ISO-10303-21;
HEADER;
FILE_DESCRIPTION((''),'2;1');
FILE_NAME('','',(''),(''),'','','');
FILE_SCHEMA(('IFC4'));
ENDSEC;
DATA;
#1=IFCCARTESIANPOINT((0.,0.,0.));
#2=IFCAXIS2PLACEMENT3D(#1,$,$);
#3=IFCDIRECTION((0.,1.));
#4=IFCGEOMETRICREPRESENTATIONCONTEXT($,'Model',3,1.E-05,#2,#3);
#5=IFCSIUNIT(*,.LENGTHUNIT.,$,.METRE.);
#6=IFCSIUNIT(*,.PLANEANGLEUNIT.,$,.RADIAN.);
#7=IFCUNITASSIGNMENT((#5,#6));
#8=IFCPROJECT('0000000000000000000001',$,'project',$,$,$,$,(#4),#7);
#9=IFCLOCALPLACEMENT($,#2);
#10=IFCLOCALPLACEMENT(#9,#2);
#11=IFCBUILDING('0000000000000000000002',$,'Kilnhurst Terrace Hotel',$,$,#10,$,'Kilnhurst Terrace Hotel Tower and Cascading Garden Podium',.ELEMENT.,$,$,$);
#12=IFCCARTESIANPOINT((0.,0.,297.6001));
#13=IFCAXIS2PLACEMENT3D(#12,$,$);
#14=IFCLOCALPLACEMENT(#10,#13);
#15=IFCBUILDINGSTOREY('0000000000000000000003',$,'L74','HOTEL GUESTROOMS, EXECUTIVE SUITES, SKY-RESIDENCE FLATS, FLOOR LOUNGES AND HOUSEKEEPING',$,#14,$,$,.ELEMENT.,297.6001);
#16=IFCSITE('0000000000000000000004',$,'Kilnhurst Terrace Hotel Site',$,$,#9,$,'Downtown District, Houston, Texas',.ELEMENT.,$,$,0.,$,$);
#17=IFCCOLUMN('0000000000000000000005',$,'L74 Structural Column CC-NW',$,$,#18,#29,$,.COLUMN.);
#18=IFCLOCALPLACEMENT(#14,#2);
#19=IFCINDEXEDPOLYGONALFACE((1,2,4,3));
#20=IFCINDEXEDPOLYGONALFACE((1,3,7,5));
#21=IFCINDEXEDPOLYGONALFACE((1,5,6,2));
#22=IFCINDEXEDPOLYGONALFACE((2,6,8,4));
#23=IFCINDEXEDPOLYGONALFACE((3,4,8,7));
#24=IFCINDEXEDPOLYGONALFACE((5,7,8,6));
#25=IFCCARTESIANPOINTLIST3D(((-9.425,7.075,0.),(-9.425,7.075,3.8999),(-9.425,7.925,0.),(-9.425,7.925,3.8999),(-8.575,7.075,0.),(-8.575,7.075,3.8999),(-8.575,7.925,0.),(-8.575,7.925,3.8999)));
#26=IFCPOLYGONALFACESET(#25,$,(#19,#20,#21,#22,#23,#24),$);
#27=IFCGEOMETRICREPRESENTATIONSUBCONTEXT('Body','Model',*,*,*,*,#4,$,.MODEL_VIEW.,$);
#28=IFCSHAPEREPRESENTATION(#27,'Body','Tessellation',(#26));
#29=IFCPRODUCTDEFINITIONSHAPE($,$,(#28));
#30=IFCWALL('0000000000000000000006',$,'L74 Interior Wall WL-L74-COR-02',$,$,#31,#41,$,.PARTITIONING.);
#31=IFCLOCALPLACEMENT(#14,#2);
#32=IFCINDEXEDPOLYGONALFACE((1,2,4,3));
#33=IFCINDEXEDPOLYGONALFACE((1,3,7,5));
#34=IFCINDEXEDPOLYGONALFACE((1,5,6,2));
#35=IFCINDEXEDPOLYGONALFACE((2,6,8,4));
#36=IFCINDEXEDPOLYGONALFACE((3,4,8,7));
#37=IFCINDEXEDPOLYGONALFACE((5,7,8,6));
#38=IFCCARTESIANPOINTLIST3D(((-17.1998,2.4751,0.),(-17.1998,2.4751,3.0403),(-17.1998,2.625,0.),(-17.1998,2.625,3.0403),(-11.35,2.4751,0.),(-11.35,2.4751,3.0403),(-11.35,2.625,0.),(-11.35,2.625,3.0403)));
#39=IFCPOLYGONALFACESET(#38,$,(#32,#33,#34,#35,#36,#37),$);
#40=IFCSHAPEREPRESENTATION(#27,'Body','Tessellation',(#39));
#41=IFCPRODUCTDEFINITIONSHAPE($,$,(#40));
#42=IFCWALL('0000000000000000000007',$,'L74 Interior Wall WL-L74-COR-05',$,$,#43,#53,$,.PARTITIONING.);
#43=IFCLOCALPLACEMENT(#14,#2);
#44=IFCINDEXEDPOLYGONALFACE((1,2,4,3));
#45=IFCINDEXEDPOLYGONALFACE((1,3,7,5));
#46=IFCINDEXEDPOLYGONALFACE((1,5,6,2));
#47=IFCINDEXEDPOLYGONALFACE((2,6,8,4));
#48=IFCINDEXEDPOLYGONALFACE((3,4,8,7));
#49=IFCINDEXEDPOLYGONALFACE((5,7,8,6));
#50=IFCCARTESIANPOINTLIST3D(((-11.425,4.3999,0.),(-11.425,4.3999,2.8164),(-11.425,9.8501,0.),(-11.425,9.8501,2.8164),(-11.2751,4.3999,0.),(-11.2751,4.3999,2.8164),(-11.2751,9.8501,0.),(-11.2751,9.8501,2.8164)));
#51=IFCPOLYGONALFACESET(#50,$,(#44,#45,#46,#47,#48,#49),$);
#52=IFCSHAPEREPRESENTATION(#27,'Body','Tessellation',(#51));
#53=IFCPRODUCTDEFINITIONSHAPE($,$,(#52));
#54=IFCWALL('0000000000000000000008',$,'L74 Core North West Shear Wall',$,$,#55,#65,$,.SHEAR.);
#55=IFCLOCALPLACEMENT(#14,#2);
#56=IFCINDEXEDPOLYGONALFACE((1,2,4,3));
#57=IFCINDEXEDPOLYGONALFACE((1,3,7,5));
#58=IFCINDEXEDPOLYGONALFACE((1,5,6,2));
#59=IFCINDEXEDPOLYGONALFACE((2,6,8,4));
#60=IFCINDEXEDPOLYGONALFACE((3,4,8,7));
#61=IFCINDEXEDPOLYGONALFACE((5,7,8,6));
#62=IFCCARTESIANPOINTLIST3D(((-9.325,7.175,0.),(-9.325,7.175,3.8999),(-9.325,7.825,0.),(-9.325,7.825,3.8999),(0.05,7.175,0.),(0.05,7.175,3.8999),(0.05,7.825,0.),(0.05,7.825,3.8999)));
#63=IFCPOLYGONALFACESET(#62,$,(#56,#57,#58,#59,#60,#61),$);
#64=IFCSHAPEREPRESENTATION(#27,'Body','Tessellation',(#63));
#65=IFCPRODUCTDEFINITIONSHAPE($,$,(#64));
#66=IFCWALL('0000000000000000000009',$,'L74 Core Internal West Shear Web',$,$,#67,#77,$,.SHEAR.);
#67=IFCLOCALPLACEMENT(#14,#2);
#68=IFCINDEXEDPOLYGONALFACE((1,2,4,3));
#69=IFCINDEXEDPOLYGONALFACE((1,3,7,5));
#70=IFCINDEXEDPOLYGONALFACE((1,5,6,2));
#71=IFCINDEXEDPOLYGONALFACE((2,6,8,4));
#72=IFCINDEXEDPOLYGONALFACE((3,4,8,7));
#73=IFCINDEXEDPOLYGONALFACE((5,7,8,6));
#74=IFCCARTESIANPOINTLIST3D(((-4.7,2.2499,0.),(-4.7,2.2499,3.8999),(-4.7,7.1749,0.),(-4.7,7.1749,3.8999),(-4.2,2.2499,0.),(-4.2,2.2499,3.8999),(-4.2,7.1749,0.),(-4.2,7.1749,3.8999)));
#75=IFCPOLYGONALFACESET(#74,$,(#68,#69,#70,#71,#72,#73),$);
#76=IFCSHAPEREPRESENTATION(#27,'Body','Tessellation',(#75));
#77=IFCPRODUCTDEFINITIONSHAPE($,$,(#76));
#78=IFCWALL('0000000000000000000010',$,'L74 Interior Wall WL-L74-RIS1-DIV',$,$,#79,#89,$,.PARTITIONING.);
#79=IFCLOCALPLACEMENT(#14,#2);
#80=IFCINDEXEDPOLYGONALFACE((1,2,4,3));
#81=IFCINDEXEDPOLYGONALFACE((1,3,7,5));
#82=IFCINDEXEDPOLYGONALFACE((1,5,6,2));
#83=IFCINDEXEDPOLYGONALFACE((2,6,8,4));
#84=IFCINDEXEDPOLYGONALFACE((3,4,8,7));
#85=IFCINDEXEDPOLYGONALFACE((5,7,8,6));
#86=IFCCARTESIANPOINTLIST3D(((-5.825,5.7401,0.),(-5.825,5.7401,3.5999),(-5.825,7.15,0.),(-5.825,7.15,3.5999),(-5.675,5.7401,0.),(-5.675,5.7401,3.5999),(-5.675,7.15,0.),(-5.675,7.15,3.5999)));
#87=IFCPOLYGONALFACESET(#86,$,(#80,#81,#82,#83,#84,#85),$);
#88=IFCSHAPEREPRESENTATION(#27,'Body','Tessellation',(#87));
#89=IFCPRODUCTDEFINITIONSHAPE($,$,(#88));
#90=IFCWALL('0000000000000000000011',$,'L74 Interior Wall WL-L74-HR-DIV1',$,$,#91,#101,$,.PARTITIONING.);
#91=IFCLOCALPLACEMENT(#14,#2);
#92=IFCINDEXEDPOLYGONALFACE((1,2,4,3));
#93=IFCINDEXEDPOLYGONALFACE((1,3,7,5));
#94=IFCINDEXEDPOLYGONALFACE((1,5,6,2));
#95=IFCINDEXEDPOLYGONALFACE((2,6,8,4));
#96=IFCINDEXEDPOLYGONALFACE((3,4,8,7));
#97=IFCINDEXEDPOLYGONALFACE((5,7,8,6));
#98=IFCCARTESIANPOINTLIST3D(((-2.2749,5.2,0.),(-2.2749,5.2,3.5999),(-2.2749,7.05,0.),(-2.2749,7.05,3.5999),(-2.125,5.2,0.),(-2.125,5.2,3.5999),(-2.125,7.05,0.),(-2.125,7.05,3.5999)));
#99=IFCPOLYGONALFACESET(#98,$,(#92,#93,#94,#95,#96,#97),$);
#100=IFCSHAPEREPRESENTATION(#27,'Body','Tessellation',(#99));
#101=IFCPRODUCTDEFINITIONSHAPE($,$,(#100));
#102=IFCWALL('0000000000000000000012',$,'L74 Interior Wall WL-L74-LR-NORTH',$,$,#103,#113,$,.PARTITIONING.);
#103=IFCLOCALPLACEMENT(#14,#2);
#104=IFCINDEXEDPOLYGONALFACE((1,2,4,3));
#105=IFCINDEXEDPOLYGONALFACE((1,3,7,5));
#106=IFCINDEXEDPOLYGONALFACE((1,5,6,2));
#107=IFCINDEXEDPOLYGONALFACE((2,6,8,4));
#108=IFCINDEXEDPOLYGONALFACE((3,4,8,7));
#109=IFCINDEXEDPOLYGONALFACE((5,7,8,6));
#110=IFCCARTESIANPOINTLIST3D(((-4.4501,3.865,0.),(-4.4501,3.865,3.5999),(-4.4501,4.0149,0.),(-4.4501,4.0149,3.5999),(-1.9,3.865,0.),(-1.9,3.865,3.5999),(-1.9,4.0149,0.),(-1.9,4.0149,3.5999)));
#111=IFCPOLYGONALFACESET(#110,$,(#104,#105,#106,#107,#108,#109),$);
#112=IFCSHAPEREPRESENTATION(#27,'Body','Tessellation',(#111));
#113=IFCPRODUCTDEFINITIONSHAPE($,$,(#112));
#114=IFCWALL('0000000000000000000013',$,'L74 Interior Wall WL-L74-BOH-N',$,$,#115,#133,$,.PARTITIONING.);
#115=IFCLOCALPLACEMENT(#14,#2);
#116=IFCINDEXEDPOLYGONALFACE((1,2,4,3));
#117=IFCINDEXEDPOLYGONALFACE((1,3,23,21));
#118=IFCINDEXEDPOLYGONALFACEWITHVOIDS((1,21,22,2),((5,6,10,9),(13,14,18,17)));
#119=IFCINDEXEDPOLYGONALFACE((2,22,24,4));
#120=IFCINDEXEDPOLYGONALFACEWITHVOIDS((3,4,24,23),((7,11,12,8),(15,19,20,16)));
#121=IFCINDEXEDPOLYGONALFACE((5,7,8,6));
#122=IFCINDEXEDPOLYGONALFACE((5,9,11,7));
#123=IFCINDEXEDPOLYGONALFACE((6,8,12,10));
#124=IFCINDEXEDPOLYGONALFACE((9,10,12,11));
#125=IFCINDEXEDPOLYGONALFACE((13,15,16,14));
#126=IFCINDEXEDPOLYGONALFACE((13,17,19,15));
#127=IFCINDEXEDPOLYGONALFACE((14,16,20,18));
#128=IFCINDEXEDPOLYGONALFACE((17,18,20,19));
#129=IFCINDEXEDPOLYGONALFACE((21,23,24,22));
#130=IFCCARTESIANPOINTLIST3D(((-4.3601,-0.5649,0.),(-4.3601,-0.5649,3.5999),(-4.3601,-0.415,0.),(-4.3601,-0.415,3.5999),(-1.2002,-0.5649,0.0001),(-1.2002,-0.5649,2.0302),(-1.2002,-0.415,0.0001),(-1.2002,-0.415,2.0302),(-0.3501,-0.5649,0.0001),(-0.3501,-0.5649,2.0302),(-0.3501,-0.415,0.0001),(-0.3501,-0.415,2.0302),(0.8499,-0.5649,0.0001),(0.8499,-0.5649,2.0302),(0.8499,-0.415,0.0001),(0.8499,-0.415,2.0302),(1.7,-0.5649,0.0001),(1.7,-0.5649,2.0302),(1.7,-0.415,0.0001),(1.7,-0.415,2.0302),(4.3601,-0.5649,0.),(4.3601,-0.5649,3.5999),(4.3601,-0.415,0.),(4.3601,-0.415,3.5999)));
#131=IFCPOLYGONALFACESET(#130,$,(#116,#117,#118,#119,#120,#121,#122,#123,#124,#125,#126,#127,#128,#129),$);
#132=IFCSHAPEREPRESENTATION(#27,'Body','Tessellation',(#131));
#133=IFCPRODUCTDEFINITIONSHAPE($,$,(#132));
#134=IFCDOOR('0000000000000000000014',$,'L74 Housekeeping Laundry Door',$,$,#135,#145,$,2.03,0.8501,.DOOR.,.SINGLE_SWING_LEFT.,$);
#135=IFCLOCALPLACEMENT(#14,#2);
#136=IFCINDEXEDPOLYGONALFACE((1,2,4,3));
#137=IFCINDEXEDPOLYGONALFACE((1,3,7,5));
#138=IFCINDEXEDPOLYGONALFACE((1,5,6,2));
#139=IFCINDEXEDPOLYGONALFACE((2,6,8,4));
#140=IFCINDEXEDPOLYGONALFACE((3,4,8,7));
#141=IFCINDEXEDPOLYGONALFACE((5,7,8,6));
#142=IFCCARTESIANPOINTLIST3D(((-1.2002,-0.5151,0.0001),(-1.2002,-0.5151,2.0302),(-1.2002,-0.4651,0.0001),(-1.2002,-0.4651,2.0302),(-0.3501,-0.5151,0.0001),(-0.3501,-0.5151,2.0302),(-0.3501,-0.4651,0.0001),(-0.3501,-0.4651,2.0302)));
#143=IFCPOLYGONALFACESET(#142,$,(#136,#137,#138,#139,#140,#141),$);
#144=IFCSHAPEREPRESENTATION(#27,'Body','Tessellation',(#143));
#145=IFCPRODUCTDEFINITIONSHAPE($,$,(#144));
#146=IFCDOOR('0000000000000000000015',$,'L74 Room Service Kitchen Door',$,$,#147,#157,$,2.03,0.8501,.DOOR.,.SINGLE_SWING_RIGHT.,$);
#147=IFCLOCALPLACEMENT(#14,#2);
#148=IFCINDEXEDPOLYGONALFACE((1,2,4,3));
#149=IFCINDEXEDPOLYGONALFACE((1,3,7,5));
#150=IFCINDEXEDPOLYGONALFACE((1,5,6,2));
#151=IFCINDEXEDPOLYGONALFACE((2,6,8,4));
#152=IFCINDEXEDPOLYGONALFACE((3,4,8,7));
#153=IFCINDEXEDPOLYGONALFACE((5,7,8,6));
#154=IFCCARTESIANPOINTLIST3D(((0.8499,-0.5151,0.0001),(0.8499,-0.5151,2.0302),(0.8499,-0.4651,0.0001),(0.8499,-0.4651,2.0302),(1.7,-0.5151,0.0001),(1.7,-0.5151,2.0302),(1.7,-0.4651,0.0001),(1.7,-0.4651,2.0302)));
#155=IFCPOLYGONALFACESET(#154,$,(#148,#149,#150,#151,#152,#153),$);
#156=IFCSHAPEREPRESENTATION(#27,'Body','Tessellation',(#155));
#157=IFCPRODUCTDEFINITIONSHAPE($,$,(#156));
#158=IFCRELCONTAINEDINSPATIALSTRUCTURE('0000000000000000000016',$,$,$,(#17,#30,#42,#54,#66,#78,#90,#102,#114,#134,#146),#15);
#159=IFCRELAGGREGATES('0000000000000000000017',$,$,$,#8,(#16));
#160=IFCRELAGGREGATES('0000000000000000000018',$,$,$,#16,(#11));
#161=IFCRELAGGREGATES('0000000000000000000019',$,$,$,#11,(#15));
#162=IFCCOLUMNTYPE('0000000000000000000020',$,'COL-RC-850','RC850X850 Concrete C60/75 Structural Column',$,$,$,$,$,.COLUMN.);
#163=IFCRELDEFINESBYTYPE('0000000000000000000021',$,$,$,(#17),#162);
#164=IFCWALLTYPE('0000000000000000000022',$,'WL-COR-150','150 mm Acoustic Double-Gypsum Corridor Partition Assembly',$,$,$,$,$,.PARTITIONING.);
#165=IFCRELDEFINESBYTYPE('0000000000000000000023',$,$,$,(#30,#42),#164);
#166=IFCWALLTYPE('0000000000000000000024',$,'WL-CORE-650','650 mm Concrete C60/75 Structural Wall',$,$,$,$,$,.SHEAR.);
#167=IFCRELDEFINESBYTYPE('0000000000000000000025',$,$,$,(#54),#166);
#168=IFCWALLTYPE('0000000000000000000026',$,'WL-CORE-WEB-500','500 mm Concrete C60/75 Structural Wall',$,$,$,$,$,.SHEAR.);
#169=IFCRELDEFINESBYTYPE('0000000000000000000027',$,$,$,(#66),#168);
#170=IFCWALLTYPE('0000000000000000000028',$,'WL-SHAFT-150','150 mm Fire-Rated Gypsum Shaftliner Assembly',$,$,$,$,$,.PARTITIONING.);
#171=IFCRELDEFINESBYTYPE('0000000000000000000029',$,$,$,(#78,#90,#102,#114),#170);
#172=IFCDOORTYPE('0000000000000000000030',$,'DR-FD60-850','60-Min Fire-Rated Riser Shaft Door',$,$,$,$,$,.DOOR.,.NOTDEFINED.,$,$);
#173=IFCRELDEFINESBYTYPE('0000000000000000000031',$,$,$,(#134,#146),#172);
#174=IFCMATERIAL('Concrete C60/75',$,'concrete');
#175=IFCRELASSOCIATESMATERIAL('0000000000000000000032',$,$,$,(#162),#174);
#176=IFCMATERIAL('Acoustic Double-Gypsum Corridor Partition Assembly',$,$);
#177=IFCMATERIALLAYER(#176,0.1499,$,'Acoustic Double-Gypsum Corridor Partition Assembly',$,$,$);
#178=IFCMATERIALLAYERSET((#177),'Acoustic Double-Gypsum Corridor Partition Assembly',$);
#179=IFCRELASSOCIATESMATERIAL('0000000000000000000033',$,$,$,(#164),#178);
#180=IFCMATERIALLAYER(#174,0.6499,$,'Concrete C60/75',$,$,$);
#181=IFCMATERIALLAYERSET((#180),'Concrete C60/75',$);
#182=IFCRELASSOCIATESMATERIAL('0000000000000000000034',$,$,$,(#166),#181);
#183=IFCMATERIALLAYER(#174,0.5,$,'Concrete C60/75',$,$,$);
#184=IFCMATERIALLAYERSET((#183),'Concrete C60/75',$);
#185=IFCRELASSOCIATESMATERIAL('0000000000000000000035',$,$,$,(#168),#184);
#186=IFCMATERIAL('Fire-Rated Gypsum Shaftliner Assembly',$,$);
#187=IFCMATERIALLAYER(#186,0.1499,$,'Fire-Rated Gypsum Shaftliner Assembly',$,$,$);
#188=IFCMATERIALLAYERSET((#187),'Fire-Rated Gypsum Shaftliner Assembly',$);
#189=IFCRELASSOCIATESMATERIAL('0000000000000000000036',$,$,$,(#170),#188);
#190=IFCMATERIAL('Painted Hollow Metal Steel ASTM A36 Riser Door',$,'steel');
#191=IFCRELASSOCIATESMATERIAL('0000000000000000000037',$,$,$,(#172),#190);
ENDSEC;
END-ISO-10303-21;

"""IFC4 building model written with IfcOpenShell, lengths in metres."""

from ifc_helpers import new_model, si_unit, direction, frame, frame_2d, origin, origin_2d, place, context, subcontext, project, spatial, rectangle, extrude, material, layer, layer_set, material_profile, profile_set, type_object, element, fill, save


model = new_model("IFC4")

# Units and contexts
model_context = context("Model", 3, precision=1e-05, world=origin(), true_north=direction((0.0, 1.0)))
body_context = subcontext(model_context, "Body", "Model", "MODEL_VIEW")
ifc_project = project(units=[si_unit("LENGTHUNIT", "METRE"), si_unit("PLANEANGLEUNIT", "RADIAN")], contexts=[model_context])

# Site, building, storey
site_placement = place(None, origin())
site = spatial("IfcSite", under=ifc_project, at=site_placement, Name="Kilnhurst Terrace Hotel Site", LongName="Downtown District, Houston, Texas", CompositionType="ELEMENT", RefElevation=0.0)
building_placement = place(site_placement, origin())
building = spatial("IfcBuilding", under=site, at=building_placement, Name="Kilnhurst Terrace Hotel", LongName="Kilnhurst Terrace Hotel Tower and Cascading Garden Podium", CompositionType="ELEMENT")
storey_placement = place(building_placement, frame((0.0, 0.0, 297.6001)))
storey = spatial("IfcBuildingStorey", under=building, at=storey_placement, Name="L74", Description="HOTEL GUESTROOMS, EXECUTIVE SUITES, SKY-RESIDENCE FLATS, FLOOR LOUNGES AND HOUSEKEEPING", CompositionType="ELEMENT", Elevation=297.6001)

# Column
ifc_material_1 = material(Name="Concrete C60/75", Category="concrete")
ifc_material_profile = material_profile(ifc_material_1, rectangle(XDim=0.8501, YDim=0.8501, at=origin_2d()), Name="RC850X850")
ifc_profile_set = profile_set([ifc_material_profile], Name="Concrete C60/75")
column_type = type_object("IfcColumnType", Name="COL-RC-850", Description="RC850X850 Concrete C60/75 Structural Column", PredefinedType="COLUMN", material=ifc_profile_set)
column_placement = place(storey_placement, frame((-9.0, 7.5, 0.0), z_axis=(0.0, 0.0, 1.0), x_axis=(1.0, 0.0, 0.0)))
element("IfcColumn", 1, at=column_placement, inside=storey, type_object=column_type, Name="L74 Structural Column CC-NW", PredefinedType="COLUMN", context=body_context, shape_type="SweptSolid", body=[
    extrude(rectangle(XDim=0.8501, YDim=0.8501, at=origin_2d()), origin(), (0.0, 0.0, 1.0), 3.8999),
])

# Walls
ifc_material_2 = material(Name="Acoustic Double-Gypsum Corridor Partition Assembly")
ifc_layer_1 = layer(ifc_material_2, 0.1499, Name="Acoustic Double-Gypsum Corridor Partition Assembly")
ifc_layer_set_1 = layer_set([ifc_layer_1], Name="Acoustic Double-Gypsum Corridor Partition Assembly")
wall_type_1 = type_object("IfcWallType", Name="WL-COR-150", Description="150 mm Acoustic Double-Gypsum Corridor Partition Assembly", PredefinedType="PARTITIONING", material=ifc_layer_set_1)
wall_1_placement = place(storey_placement, frame((-11.3501, 2.55, 0.0), z_axis=(0.0, 0.0, 1.0), x_axis=(-1.0, 0.0, 0.0)))
element("IfcWall", 2, at=wall_1_placement, inside=storey, type_object=wall_type_1, Name="L74 Interior Wall WL-L74-COR-02", PredefinedType="PARTITIONING", context=body_context, shape_type="SweptSolid", body=[
    extrude(rectangle(XDim=5.8499, YDim=0.1499, at=frame_2d((2.9248, 0.0))), origin(), (0.0, 0.0, 1.0), 3.0403),
])
wall_2_placement = place(storey_placement, frame((-11.3501, 4.3999, 0.0), z_axis=(0.0, 0.0, 1.0), x_axis=(0.0, 1.0, 0.0)))
element("IfcWall", 3, at=wall_2_placement, inside=storey, type_object=wall_type_1, Name="L74 Interior Wall WL-L74-COR-05", PredefinedType="PARTITIONING", context=body_context, shape_type="SweptSolid", body=[
    extrude(rectangle(XDim=5.4502, YDim=0.1499, at=frame_2d((2.7251, 0.0))), origin(), (0.0, 0.0, 1.0), 2.8164),
])
ifc_layer_2 = layer(ifc_material_1, 0.6499, Name="Concrete C60/75")
ifc_layer_set_2 = layer_set([ifc_layer_2], Name="Concrete C60/75")
wall_type_2 = type_object("IfcWallType", Name="WL-CORE-650", Description="650 mm Concrete C60/75 Structural Wall", PredefinedType="SHEAR", material=ifc_layer_set_2)
wall_3_placement = place(storey_placement, frame((-9.325, 7.5, 0.0), z_axis=(0.0, 0.0, 1.0), x_axis=(1.0, 0.0, 0.0)))
element("IfcWall", 4, at=wall_3_placement, inside=storey, type_object=wall_type_2, Name="L74 Core North West Shear Wall", PredefinedType="SHEAR", context=body_context, shape_type="SweptSolid", body=[
    extrude(rectangle(XDim=9.375, YDim=0.6499, at=frame_2d((4.6875, 0.0))), origin(), (0.0, 0.0, 1.0), 3.8999),
])
ifc_layer_3 = layer(ifc_material_1, 0.5, Name="Concrete C60/75")
ifc_layer_set_3 = layer_set([ifc_layer_3], Name="Concrete C60/75")
wall_type_3 = type_object("IfcWallType", Name="WL-CORE-WEB-500", Description="500 mm Concrete C60/75 Structural Wall", PredefinedType="SHEAR", material=ifc_layer_set_3)
wall_4_placement = place(storey_placement, frame((-4.45, 2.25, 0.0), z_axis=(0.0, 0.0, 1.0), x_axis=(0.0, 1.0, 0.0)))
element("IfcWall", 5, at=wall_4_placement, inside=storey, type_object=wall_type_3, Name="L74 Core Internal West Shear Web", PredefinedType="SHEAR", context=body_context, shape_type="SweptSolid", body=[
    extrude(rectangle(XDim=4.925, YDim=0.5, at=frame_2d((2.4624, 0.0))), origin(), (0.0, 0.0, 1.0), 3.8999),
])
ifc_material_3 = material(Name="Fire-Rated Gypsum Shaftliner Assembly")
ifc_layer_4 = layer(ifc_material_3, 0.1499, Name="Fire-Rated Gypsum Shaftliner Assembly")
ifc_layer_set_4 = layer_set([ifc_layer_4], Name="Fire-Rated Gypsum Shaftliner Assembly")
wall_type_4 = type_object("IfcWallType", Name="WL-SHAFT-150", Description="150 mm Fire-Rated Gypsum Shaftliner Assembly", PredefinedType="PARTITIONING", material=ifc_layer_set_4)
wall_5_placement = place(storey_placement, frame((-5.75, 5.74, 0.0), z_axis=(0.0, 0.0, 1.0), x_axis=(0.0, 1.0, 0.0)))
element("IfcWall", 6, at=wall_5_placement, inside=storey, type_object=wall_type_4, Name="L74 Interior Wall WL-L74-RIS1-DIV", PredefinedType="PARTITIONING", context=body_context, shape_type="SweptSolid", body=[
    extrude(rectangle(XDim=1.4099, YDim=0.1499, at=frame_2d((0.7051, 0.0))), origin(), (0.0, 0.0, 1.0), 3.5999),
])
wall_6_placement = place(storey_placement, frame((-2.2, 5.2, 0.0), z_axis=(0.0, 0.0, 1.0), x_axis=(0.0, 1.0, 0.0)))
element("IfcWall", 7, at=wall_6_placement, inside=storey, type_object=wall_type_4, Name="L74 Interior Wall WL-L74-HR-DIV1", PredefinedType="PARTITIONING", context=body_context, shape_type="SweptSolid", body=[
    extrude(rectangle(XDim=1.8501, YDim=0.1499, at=frame_2d((0.925, 0.0))), origin(), (0.0, 0.0, 1.0), 3.5999),
])
wall_7_placement = place(storey_placement, frame((-4.45, 3.9399, 0.0), z_axis=(0.0, 0.0, 1.0), x_axis=(1.0, 0.0, 0.0)))
element("IfcWall", 8, at=wall_7_placement, inside=storey, type_object=wall_type_4, Name="L74 Interior Wall WL-L74-LR-NORTH", PredefinedType="PARTITIONING", context=body_context, shape_type="SweptSolid", body=[
    extrude(rectangle(XDim=2.55, YDim=0.1499, at=frame_2d((1.2749, 0.0))), origin(), (0.0, 0.0, 1.0), 3.5999),
])

# Wall, openings, doors
wall_8_placement = place(storey_placement, frame((-4.3601, -0.49, 0.0), z_axis=(0.0, 0.0, 1.0), x_axis=(1.0, 0.0, 0.0)))
wall_8 = element("IfcWall", 9, at=wall_8_placement, inside=storey, type_object=wall_type_4, Name="L74 Interior Wall WL-L74-BOH-N", PredefinedType="PARTITIONING", context=body_context, shape_type="SweptSolid", body=[
    extrude(rectangle(XDim=8.7202, YDim=0.1499, at=frame_2d((4.3601, 0.0))), origin(), (0.0, 0.0, 1.0), 3.5999),
])
opening_1_placement = place(wall_8_placement, frame((3.1599, 0.0, 0.0)))
opening_1 = element("IfcOpeningElement", 10, at=opening_1_placement, cuts=wall_8, PredefinedType="OPENING", context=body_context, shape_type="SweptSolid", body=[
    extrude(rectangle(XDim=0.8501, YDim=2.03, at=frame_2d((0.425, 1.0151))), frame((0.0, 0.085, 0.0), z_axis=(0.0, -1.0, 0.0), x_axis=(1.0, 0.0, 0.0)), (0.0, 0.0, 1.0), 0.1699),
])
opening_2_placement = place(wall_8_placement, frame((5.21, 0.0, 0.0)))
opening_2 = element("IfcOpeningElement", 11, at=opening_2_placement, cuts=wall_8, PredefinedType="OPENING", context=body_context, shape_type="SweptSolid", body=[
    extrude(rectangle(XDim=0.8501, YDim=2.03, at=frame_2d((0.425, 1.0151))), frame((0.0, 0.085, 0.0), z_axis=(0.0, -1.0, 0.0), x_axis=(1.0, 0.0, 0.0)), (0.0, 0.0, 1.0), 0.1699),
])
ifc_material_4 = material(Name="Painted Hollow Metal Steel ASTM A36 Riser Door", Category="steel")
door_type_1 = type_object("IfcDoorType", Name="DR-FD60-850", Description="60-Min Fire-Rated Riser Shaft Door", OperationType="NOTDEFINED", PredefinedType="DOOR", material=ifc_material_4)
door_1_placement = place(opening_1_placement, origin())
door_1 = element("IfcDoor", 12, at=door_1_placement, inside=storey, type_object=door_type_1, Name="L74 Housekeeping Laundry Door", OperationType="SINGLE_SWING_LEFT", OverallHeight=2.03, OverallWidth=0.8501, PredefinedType="DOOR", context=body_context, shape_type="SweptSolid", body=[
    extrude(rectangle(XDim=0.8501, YDim=2.03, at=frame_2d((0.425, 1.0151))), frame((0.0, 0.0249, 0.0), z_axis=(0.0, -1.0, 0.0), x_axis=(1.0, 0.0, 0.0)), (0.0, 0.0, 1.0), 0.05),
])
fill(opening_1, door_1)
door_2_placement = place(opening_2_placement, origin())
door_2 = element("IfcDoor", 13, at=door_2_placement, inside=storey, type_object=door_type_1, Name="L74 Room Service Kitchen Door", OperationType="SINGLE_SWING_RIGHT", OverallHeight=2.03, OverallWidth=0.8501, PredefinedType="DOOR", context=body_context, shape_type="SweptSolid", body=[
    extrude(rectangle(XDim=0.8501, YDim=2.03, at=frame_2d((0.425, 1.0151))), frame((0.0, 0.0249, 0.0), z_axis=(0.0, -1.0, 0.0), x_axis=(1.0, 0.0, 0.0)), (0.0, 0.0, 1.0), 0.05),
])
fill(opening_2, door_2)

save(model, "model.ifc")
